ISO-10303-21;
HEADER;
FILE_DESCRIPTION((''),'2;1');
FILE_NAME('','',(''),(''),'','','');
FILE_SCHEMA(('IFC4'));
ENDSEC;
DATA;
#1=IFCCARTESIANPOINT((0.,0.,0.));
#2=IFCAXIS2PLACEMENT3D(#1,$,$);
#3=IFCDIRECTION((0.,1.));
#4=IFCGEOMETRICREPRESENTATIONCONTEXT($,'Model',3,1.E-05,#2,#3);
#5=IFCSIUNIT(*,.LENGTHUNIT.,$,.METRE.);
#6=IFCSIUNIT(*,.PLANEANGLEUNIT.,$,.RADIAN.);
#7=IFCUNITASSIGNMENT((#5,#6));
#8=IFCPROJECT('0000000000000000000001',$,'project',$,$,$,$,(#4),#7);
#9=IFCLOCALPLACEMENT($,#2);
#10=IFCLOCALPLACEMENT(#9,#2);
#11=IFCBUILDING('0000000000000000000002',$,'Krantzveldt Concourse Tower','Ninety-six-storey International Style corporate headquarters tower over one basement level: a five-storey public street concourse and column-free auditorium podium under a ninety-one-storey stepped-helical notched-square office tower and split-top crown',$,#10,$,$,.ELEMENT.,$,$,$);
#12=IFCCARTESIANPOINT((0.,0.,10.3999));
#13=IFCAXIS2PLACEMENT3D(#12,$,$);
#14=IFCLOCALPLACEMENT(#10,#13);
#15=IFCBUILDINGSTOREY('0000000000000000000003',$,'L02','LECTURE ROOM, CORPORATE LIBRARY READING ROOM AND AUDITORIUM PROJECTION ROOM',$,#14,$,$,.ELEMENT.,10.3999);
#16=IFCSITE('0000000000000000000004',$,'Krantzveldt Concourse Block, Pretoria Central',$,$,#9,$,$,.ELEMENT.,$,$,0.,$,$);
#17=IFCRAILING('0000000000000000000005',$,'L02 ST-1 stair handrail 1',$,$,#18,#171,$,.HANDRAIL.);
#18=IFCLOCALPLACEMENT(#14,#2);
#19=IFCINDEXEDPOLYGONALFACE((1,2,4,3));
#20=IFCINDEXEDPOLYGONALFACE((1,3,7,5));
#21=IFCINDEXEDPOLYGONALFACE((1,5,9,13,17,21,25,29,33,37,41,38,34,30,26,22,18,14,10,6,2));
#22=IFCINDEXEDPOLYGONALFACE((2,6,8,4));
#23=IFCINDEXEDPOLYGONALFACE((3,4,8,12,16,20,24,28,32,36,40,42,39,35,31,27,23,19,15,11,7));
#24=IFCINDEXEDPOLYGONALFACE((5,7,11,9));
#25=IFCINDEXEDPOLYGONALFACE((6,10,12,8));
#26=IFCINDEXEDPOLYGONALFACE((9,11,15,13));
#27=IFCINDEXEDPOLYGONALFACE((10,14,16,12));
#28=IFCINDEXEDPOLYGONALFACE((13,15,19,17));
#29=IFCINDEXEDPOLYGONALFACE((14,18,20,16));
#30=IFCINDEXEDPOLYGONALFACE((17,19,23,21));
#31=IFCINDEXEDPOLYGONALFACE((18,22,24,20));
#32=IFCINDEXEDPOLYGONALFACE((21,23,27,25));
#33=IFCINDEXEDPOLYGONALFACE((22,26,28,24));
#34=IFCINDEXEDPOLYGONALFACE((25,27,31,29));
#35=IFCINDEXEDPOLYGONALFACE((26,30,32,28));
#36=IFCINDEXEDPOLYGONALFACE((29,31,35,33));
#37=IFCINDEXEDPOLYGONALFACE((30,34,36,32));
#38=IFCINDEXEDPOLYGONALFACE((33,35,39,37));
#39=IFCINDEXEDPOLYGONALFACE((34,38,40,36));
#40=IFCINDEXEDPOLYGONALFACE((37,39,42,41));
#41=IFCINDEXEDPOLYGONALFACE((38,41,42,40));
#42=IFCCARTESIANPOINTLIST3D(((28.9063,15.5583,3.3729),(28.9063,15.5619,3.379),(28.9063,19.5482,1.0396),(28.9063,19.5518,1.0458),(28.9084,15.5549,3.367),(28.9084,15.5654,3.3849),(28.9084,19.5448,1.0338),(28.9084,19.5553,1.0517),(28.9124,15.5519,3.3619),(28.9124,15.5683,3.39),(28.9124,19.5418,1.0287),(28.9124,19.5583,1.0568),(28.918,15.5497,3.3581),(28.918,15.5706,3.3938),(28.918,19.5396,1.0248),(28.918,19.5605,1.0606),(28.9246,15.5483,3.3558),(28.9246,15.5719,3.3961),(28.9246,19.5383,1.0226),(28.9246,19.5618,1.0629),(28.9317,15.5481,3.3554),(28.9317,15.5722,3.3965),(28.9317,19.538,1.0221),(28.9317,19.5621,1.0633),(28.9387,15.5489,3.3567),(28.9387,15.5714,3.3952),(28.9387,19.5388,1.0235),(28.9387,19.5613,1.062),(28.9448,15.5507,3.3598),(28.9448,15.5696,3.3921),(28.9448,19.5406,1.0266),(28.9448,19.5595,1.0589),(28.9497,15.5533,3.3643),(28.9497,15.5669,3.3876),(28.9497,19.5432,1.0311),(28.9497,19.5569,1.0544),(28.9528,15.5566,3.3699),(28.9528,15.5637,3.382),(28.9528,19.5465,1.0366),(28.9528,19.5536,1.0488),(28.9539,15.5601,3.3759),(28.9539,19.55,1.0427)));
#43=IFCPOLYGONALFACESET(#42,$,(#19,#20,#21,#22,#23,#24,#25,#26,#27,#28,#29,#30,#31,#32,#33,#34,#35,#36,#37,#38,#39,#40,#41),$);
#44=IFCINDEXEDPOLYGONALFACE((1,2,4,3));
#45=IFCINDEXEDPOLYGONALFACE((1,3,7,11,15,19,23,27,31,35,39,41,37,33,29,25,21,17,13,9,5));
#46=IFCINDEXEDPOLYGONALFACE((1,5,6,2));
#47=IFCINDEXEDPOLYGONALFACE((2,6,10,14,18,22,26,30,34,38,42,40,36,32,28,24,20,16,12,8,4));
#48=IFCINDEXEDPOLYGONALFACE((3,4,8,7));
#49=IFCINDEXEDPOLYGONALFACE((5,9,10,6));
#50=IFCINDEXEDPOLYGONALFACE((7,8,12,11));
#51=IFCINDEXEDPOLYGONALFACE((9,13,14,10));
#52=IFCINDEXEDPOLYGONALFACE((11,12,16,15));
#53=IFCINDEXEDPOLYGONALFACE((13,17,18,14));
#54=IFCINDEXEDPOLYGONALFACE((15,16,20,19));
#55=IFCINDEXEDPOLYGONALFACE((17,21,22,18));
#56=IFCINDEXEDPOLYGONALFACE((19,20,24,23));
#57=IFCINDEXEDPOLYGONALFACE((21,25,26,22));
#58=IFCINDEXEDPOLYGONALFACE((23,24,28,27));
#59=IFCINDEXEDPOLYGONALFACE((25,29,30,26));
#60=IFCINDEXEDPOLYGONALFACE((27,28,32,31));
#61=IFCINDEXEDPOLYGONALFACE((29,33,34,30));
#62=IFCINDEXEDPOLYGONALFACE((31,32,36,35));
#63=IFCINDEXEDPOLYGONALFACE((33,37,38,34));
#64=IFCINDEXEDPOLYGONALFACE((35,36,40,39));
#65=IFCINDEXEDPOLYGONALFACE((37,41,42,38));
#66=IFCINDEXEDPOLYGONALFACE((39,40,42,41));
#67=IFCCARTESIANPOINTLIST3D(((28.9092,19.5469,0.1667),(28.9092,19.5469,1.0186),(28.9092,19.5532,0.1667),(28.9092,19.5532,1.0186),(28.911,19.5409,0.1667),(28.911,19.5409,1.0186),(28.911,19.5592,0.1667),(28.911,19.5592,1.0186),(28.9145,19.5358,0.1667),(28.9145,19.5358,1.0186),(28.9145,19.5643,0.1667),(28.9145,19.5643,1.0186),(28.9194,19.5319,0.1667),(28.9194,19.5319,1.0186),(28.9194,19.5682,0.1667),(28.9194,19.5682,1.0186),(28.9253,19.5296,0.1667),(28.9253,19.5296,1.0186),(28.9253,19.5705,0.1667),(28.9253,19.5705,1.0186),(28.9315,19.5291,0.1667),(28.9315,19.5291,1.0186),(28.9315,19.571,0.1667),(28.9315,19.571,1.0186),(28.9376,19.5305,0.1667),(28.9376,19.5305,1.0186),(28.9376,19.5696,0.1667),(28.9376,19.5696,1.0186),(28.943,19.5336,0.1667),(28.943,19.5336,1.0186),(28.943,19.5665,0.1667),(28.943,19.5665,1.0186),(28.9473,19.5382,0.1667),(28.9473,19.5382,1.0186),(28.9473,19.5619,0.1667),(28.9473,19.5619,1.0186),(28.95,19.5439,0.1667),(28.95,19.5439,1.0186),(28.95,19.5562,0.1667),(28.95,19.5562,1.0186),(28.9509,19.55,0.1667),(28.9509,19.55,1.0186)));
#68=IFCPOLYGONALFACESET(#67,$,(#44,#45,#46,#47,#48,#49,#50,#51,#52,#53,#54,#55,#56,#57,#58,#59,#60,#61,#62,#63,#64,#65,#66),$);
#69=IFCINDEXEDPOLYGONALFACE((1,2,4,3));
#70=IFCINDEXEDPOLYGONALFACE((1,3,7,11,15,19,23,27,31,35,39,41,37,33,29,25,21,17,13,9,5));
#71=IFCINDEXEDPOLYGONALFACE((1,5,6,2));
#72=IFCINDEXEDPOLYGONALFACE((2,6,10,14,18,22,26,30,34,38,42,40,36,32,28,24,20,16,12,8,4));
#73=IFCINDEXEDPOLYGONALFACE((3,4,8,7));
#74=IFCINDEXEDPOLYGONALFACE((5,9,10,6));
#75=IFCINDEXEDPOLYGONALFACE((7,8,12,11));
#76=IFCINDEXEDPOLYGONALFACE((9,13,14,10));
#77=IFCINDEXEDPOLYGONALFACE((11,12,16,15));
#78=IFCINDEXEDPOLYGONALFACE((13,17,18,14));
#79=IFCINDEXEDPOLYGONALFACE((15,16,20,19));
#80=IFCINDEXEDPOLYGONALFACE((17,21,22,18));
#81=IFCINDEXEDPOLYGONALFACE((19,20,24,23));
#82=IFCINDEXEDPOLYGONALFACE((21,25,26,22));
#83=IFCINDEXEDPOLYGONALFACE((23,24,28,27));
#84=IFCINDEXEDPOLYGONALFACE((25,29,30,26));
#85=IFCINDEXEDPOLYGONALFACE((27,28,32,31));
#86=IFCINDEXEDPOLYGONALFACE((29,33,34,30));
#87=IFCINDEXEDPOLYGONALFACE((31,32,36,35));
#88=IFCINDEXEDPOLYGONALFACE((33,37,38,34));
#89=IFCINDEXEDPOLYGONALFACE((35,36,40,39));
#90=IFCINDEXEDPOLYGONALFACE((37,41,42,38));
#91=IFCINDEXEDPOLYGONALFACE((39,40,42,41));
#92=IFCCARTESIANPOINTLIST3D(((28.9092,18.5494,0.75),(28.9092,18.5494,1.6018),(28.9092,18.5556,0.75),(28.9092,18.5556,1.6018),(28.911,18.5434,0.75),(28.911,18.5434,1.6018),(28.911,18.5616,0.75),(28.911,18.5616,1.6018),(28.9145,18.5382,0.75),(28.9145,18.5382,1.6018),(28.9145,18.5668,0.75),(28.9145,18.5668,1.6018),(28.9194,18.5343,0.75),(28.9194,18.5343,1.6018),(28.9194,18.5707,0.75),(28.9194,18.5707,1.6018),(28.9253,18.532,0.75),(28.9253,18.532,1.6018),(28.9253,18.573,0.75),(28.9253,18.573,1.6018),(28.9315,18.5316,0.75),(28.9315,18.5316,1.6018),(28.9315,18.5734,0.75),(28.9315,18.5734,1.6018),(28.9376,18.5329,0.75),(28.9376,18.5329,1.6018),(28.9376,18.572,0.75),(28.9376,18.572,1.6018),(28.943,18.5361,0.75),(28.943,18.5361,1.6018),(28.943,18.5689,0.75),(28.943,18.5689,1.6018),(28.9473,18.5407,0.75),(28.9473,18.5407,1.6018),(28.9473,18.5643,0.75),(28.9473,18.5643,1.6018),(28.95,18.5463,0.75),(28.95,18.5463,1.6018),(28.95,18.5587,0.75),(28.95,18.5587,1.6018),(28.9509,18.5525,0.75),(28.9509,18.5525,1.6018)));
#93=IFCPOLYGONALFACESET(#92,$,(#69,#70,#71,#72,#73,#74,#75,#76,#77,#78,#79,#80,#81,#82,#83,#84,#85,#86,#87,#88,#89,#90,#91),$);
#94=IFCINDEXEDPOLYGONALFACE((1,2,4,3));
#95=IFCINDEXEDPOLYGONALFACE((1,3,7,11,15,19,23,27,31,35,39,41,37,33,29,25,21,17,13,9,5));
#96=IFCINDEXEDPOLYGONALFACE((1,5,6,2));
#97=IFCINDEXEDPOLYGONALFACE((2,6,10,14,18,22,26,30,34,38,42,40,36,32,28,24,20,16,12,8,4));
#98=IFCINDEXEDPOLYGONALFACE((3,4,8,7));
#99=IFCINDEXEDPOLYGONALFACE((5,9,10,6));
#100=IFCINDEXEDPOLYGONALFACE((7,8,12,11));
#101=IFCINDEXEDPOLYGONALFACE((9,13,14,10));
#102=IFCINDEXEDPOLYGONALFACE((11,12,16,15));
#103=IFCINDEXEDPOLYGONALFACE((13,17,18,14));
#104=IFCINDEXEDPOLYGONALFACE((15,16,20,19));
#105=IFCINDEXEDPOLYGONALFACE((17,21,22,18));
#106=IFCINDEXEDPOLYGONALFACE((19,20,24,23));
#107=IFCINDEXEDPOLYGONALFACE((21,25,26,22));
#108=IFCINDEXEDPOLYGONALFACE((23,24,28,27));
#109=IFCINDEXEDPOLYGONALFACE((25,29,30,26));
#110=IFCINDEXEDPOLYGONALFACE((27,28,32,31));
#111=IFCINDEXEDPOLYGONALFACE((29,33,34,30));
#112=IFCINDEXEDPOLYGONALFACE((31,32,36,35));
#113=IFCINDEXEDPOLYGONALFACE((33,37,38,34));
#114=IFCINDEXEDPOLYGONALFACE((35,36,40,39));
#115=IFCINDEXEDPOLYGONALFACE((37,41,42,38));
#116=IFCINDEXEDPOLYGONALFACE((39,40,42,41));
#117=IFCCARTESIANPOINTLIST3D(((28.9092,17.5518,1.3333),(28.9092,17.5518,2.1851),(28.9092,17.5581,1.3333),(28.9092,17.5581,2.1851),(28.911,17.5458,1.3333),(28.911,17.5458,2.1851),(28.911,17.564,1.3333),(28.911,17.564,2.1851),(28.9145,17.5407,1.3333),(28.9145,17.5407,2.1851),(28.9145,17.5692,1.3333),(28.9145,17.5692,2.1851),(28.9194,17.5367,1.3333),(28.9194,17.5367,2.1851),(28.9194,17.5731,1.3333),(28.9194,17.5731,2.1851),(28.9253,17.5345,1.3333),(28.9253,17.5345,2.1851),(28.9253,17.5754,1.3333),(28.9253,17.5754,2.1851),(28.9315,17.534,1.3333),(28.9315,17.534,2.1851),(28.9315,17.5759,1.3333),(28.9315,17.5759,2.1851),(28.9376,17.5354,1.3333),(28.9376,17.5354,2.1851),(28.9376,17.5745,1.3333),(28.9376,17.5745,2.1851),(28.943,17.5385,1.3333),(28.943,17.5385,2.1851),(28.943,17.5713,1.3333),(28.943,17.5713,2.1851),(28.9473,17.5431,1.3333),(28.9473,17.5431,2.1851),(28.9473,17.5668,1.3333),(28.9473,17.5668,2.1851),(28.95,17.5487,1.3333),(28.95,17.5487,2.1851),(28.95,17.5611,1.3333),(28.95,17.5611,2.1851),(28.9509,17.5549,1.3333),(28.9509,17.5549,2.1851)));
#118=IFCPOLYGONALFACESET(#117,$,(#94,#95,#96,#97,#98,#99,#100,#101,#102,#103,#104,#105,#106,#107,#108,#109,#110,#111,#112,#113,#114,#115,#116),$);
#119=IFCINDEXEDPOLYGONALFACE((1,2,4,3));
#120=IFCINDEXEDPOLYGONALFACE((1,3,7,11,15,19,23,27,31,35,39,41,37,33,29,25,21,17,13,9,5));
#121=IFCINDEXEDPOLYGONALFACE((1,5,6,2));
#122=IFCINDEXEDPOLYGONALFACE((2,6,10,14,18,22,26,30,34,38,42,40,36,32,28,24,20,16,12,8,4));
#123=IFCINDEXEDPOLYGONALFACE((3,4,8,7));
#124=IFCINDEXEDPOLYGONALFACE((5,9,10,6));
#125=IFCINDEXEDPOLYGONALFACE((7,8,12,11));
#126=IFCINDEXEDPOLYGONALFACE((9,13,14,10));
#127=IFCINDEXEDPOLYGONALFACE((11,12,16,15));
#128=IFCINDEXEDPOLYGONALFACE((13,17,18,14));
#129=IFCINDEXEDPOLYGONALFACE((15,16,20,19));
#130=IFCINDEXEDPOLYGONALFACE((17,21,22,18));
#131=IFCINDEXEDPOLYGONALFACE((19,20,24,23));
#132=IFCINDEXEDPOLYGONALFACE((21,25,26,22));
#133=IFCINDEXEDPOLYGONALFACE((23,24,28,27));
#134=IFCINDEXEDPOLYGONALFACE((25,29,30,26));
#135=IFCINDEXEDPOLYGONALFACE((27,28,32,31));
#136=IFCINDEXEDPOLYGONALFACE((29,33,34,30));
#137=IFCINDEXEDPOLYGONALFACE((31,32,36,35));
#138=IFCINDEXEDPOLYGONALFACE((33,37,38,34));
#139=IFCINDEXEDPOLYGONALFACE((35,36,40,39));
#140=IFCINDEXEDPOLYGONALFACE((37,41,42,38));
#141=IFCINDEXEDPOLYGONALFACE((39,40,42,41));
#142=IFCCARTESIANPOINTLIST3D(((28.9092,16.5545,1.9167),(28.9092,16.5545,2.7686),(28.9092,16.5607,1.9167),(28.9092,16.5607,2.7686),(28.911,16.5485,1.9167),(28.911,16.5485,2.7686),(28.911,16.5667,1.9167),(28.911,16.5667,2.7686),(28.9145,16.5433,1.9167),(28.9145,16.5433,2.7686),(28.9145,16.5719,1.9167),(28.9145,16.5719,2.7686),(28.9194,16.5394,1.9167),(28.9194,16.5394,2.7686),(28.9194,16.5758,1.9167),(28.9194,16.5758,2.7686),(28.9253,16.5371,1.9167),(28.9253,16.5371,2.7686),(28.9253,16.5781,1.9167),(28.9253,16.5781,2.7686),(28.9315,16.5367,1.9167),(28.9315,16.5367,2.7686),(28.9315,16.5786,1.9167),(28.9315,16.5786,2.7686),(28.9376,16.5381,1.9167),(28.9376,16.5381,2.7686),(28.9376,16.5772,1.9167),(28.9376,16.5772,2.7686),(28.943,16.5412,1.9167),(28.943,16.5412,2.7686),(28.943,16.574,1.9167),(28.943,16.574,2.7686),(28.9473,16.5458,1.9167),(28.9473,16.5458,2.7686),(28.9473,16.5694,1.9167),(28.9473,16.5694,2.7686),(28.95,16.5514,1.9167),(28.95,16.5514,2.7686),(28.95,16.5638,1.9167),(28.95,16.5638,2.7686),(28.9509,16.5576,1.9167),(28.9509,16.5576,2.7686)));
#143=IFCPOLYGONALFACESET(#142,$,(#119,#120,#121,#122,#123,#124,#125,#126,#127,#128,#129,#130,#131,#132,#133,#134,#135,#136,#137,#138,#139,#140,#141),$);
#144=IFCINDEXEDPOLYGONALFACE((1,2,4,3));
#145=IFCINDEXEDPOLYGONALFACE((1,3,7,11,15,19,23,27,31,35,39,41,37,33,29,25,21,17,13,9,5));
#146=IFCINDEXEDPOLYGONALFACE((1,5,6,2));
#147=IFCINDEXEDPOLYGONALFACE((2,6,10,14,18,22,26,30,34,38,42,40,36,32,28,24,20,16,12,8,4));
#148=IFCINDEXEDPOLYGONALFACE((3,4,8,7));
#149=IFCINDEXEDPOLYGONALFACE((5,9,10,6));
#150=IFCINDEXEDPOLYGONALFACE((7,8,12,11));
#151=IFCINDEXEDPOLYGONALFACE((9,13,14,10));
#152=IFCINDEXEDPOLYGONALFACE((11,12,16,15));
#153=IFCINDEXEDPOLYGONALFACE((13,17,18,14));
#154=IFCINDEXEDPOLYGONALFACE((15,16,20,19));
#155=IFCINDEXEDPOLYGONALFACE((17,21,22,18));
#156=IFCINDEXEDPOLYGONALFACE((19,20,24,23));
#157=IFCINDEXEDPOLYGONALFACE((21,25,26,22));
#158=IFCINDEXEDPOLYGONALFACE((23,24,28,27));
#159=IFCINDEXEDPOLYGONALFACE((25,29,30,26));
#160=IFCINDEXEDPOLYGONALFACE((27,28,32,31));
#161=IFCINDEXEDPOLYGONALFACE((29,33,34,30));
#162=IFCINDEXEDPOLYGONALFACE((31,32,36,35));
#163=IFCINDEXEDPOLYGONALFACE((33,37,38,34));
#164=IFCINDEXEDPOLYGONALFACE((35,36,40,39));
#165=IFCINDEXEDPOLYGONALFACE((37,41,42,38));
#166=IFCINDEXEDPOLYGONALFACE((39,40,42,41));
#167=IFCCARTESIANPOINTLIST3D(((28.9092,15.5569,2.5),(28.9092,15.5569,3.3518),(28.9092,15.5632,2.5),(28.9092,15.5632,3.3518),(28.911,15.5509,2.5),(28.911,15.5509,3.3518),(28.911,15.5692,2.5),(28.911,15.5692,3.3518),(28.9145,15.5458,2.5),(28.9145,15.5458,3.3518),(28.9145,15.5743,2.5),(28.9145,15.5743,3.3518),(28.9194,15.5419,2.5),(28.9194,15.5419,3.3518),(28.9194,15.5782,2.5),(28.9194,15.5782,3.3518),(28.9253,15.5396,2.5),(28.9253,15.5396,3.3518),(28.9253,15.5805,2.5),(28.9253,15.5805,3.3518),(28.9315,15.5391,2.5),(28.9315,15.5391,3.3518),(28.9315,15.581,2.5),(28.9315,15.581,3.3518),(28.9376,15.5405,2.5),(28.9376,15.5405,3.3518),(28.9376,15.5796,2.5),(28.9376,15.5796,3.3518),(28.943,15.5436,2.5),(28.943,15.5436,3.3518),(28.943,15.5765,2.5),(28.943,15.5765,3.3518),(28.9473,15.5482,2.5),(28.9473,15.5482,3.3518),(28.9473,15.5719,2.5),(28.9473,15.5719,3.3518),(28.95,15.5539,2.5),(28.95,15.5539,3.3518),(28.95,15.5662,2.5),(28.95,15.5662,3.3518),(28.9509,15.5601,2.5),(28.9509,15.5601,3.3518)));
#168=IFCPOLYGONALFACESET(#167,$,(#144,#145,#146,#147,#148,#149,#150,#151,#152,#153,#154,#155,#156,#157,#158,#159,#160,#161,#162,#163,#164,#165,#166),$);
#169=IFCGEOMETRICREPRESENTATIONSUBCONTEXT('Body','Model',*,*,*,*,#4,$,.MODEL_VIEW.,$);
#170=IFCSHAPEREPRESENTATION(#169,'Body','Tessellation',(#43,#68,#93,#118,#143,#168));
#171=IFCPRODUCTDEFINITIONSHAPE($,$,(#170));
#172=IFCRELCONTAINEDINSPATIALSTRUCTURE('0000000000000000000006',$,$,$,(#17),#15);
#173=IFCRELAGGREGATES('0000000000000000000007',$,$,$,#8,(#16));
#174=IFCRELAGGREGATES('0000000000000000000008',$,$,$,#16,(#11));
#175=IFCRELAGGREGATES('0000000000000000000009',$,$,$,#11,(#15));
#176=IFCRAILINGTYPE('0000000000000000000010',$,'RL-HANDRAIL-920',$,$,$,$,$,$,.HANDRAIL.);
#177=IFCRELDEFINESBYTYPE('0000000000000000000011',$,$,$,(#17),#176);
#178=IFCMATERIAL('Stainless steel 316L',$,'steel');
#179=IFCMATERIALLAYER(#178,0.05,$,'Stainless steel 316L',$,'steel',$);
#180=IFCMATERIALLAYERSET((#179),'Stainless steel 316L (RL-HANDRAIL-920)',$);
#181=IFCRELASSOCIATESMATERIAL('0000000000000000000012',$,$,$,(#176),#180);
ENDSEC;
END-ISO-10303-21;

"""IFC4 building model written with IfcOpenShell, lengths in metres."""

from ifc_helpers import new_model, si_unit, direction, frame, origin, origin_2d, place, context, subcontext, project, spatial, circle, extrude, material, layer, layer_set, type_object, element, save


model = new_model("IFC4")

# Units and contexts
model_context = context("Model", 3, precision=1e-05, world=origin(), true_north=direction((0.0, 1.0)))
body_context = subcontext(model_context, "Body", "Model", "MODEL_VIEW")
ifc_project = project(units=[si_unit("LENGTHUNIT", "METRE"), si_unit("PLANEANGLEUNIT", "RADIAN")], contexts=[model_context])

# Site, building, storey
site_placement = place(None, origin())
site = spatial("IfcSite", under=ifc_project, at=site_placement, Name="Krantzveldt Concourse Block, Pretoria Central", CompositionType="ELEMENT", RefElevation=0.0)
building_placement = place(site_placement, origin())
building = spatial("IfcBuilding", under=site, at=building_placement, Name="Krantzveldt Concourse Tower", Description="Ninety-six-storey International Style corporate headquarters tower over one basement level: a five-storey public street concourse and column-free auditorium podium under a ninety-one-storey stepped-helical notched-square office tower and split-top crown", CompositionType="ELEMENT")
storey_placement = place(building_placement, frame((0.0, 0.0, 10.3999)))
storey = spatial("IfcBuildingStorey", under=building, at=storey_placement, Name="L02", Description="LECTURE ROOM, CORPORATE LIBRARY READING ROOM AND AUDITORIUM PROJECTION ROOM", CompositionType="ELEMENT", Elevation=10.3999)

# Shared definitions
ifc_material_1 = material(Name="Stainless steel 316L", Category="steel")

# Railing
ifc_layer_1 = layer(ifc_material_1, 0.05, Name="Stainless steel 316L", Category="steel")
ifc_layer_set_1 = layer_set([ifc_layer_1], Name="Stainless steel 316L (RL-HANDRAIL-920)")
railing_type_1 = type_object("IfcRailingType", Name="RL-HANDRAIL-920", PredefinedType="HANDRAIL", material=ifc_layer_set_1)
railing_1_placement = place(storey_placement, frame((28.9299, 19.55, 0.1667)))
element("IfcRailing", 1, at=railing_1_placement, inside=storey, type_object=railing_type_1, Name="L02 ST-1 stair handrail 1", PredefinedType="HANDRAIL", context=body_context, shape_type="SweptSolid", body=[
    extrude(circle(Radius=0.0239, at=origin_2d()), frame((0.0, 0.0, 0.876), z_axis=(0.0, -0.863236, 0.5048), x_axis=(1.0, 0.0, 0.0)), (0.0, 0.0, 1.0), 4.6221),
    extrude(circle(Radius=0.021, at=origin_2d()), origin(), (0.0, 0.0, 1.0), 0.8518),
    extrude(circle(Radius=0.021, at=origin_2d()), frame((0.0, -0.9976, 0.5833)), (0.0, 0.0, 1.0), 0.8518),
    extrude(circle(Radius=0.021, at=origin_2d()), frame((0.0, -1.9951, 1.1665)), (0.0, 0.0, 1.0), 0.8518),
    extrude(circle(Radius=0.021, at=origin_2d()), frame((0.0, -2.9924, 1.75)), (0.0, 0.0, 1.0), 0.8518),
    extrude(circle(Radius=0.021, at=origin_2d()), frame((0.0, -3.99, 2.3333)), (0.0, 0.0, 1.0), 0.8518),
])

save(model, "model.ifc")
